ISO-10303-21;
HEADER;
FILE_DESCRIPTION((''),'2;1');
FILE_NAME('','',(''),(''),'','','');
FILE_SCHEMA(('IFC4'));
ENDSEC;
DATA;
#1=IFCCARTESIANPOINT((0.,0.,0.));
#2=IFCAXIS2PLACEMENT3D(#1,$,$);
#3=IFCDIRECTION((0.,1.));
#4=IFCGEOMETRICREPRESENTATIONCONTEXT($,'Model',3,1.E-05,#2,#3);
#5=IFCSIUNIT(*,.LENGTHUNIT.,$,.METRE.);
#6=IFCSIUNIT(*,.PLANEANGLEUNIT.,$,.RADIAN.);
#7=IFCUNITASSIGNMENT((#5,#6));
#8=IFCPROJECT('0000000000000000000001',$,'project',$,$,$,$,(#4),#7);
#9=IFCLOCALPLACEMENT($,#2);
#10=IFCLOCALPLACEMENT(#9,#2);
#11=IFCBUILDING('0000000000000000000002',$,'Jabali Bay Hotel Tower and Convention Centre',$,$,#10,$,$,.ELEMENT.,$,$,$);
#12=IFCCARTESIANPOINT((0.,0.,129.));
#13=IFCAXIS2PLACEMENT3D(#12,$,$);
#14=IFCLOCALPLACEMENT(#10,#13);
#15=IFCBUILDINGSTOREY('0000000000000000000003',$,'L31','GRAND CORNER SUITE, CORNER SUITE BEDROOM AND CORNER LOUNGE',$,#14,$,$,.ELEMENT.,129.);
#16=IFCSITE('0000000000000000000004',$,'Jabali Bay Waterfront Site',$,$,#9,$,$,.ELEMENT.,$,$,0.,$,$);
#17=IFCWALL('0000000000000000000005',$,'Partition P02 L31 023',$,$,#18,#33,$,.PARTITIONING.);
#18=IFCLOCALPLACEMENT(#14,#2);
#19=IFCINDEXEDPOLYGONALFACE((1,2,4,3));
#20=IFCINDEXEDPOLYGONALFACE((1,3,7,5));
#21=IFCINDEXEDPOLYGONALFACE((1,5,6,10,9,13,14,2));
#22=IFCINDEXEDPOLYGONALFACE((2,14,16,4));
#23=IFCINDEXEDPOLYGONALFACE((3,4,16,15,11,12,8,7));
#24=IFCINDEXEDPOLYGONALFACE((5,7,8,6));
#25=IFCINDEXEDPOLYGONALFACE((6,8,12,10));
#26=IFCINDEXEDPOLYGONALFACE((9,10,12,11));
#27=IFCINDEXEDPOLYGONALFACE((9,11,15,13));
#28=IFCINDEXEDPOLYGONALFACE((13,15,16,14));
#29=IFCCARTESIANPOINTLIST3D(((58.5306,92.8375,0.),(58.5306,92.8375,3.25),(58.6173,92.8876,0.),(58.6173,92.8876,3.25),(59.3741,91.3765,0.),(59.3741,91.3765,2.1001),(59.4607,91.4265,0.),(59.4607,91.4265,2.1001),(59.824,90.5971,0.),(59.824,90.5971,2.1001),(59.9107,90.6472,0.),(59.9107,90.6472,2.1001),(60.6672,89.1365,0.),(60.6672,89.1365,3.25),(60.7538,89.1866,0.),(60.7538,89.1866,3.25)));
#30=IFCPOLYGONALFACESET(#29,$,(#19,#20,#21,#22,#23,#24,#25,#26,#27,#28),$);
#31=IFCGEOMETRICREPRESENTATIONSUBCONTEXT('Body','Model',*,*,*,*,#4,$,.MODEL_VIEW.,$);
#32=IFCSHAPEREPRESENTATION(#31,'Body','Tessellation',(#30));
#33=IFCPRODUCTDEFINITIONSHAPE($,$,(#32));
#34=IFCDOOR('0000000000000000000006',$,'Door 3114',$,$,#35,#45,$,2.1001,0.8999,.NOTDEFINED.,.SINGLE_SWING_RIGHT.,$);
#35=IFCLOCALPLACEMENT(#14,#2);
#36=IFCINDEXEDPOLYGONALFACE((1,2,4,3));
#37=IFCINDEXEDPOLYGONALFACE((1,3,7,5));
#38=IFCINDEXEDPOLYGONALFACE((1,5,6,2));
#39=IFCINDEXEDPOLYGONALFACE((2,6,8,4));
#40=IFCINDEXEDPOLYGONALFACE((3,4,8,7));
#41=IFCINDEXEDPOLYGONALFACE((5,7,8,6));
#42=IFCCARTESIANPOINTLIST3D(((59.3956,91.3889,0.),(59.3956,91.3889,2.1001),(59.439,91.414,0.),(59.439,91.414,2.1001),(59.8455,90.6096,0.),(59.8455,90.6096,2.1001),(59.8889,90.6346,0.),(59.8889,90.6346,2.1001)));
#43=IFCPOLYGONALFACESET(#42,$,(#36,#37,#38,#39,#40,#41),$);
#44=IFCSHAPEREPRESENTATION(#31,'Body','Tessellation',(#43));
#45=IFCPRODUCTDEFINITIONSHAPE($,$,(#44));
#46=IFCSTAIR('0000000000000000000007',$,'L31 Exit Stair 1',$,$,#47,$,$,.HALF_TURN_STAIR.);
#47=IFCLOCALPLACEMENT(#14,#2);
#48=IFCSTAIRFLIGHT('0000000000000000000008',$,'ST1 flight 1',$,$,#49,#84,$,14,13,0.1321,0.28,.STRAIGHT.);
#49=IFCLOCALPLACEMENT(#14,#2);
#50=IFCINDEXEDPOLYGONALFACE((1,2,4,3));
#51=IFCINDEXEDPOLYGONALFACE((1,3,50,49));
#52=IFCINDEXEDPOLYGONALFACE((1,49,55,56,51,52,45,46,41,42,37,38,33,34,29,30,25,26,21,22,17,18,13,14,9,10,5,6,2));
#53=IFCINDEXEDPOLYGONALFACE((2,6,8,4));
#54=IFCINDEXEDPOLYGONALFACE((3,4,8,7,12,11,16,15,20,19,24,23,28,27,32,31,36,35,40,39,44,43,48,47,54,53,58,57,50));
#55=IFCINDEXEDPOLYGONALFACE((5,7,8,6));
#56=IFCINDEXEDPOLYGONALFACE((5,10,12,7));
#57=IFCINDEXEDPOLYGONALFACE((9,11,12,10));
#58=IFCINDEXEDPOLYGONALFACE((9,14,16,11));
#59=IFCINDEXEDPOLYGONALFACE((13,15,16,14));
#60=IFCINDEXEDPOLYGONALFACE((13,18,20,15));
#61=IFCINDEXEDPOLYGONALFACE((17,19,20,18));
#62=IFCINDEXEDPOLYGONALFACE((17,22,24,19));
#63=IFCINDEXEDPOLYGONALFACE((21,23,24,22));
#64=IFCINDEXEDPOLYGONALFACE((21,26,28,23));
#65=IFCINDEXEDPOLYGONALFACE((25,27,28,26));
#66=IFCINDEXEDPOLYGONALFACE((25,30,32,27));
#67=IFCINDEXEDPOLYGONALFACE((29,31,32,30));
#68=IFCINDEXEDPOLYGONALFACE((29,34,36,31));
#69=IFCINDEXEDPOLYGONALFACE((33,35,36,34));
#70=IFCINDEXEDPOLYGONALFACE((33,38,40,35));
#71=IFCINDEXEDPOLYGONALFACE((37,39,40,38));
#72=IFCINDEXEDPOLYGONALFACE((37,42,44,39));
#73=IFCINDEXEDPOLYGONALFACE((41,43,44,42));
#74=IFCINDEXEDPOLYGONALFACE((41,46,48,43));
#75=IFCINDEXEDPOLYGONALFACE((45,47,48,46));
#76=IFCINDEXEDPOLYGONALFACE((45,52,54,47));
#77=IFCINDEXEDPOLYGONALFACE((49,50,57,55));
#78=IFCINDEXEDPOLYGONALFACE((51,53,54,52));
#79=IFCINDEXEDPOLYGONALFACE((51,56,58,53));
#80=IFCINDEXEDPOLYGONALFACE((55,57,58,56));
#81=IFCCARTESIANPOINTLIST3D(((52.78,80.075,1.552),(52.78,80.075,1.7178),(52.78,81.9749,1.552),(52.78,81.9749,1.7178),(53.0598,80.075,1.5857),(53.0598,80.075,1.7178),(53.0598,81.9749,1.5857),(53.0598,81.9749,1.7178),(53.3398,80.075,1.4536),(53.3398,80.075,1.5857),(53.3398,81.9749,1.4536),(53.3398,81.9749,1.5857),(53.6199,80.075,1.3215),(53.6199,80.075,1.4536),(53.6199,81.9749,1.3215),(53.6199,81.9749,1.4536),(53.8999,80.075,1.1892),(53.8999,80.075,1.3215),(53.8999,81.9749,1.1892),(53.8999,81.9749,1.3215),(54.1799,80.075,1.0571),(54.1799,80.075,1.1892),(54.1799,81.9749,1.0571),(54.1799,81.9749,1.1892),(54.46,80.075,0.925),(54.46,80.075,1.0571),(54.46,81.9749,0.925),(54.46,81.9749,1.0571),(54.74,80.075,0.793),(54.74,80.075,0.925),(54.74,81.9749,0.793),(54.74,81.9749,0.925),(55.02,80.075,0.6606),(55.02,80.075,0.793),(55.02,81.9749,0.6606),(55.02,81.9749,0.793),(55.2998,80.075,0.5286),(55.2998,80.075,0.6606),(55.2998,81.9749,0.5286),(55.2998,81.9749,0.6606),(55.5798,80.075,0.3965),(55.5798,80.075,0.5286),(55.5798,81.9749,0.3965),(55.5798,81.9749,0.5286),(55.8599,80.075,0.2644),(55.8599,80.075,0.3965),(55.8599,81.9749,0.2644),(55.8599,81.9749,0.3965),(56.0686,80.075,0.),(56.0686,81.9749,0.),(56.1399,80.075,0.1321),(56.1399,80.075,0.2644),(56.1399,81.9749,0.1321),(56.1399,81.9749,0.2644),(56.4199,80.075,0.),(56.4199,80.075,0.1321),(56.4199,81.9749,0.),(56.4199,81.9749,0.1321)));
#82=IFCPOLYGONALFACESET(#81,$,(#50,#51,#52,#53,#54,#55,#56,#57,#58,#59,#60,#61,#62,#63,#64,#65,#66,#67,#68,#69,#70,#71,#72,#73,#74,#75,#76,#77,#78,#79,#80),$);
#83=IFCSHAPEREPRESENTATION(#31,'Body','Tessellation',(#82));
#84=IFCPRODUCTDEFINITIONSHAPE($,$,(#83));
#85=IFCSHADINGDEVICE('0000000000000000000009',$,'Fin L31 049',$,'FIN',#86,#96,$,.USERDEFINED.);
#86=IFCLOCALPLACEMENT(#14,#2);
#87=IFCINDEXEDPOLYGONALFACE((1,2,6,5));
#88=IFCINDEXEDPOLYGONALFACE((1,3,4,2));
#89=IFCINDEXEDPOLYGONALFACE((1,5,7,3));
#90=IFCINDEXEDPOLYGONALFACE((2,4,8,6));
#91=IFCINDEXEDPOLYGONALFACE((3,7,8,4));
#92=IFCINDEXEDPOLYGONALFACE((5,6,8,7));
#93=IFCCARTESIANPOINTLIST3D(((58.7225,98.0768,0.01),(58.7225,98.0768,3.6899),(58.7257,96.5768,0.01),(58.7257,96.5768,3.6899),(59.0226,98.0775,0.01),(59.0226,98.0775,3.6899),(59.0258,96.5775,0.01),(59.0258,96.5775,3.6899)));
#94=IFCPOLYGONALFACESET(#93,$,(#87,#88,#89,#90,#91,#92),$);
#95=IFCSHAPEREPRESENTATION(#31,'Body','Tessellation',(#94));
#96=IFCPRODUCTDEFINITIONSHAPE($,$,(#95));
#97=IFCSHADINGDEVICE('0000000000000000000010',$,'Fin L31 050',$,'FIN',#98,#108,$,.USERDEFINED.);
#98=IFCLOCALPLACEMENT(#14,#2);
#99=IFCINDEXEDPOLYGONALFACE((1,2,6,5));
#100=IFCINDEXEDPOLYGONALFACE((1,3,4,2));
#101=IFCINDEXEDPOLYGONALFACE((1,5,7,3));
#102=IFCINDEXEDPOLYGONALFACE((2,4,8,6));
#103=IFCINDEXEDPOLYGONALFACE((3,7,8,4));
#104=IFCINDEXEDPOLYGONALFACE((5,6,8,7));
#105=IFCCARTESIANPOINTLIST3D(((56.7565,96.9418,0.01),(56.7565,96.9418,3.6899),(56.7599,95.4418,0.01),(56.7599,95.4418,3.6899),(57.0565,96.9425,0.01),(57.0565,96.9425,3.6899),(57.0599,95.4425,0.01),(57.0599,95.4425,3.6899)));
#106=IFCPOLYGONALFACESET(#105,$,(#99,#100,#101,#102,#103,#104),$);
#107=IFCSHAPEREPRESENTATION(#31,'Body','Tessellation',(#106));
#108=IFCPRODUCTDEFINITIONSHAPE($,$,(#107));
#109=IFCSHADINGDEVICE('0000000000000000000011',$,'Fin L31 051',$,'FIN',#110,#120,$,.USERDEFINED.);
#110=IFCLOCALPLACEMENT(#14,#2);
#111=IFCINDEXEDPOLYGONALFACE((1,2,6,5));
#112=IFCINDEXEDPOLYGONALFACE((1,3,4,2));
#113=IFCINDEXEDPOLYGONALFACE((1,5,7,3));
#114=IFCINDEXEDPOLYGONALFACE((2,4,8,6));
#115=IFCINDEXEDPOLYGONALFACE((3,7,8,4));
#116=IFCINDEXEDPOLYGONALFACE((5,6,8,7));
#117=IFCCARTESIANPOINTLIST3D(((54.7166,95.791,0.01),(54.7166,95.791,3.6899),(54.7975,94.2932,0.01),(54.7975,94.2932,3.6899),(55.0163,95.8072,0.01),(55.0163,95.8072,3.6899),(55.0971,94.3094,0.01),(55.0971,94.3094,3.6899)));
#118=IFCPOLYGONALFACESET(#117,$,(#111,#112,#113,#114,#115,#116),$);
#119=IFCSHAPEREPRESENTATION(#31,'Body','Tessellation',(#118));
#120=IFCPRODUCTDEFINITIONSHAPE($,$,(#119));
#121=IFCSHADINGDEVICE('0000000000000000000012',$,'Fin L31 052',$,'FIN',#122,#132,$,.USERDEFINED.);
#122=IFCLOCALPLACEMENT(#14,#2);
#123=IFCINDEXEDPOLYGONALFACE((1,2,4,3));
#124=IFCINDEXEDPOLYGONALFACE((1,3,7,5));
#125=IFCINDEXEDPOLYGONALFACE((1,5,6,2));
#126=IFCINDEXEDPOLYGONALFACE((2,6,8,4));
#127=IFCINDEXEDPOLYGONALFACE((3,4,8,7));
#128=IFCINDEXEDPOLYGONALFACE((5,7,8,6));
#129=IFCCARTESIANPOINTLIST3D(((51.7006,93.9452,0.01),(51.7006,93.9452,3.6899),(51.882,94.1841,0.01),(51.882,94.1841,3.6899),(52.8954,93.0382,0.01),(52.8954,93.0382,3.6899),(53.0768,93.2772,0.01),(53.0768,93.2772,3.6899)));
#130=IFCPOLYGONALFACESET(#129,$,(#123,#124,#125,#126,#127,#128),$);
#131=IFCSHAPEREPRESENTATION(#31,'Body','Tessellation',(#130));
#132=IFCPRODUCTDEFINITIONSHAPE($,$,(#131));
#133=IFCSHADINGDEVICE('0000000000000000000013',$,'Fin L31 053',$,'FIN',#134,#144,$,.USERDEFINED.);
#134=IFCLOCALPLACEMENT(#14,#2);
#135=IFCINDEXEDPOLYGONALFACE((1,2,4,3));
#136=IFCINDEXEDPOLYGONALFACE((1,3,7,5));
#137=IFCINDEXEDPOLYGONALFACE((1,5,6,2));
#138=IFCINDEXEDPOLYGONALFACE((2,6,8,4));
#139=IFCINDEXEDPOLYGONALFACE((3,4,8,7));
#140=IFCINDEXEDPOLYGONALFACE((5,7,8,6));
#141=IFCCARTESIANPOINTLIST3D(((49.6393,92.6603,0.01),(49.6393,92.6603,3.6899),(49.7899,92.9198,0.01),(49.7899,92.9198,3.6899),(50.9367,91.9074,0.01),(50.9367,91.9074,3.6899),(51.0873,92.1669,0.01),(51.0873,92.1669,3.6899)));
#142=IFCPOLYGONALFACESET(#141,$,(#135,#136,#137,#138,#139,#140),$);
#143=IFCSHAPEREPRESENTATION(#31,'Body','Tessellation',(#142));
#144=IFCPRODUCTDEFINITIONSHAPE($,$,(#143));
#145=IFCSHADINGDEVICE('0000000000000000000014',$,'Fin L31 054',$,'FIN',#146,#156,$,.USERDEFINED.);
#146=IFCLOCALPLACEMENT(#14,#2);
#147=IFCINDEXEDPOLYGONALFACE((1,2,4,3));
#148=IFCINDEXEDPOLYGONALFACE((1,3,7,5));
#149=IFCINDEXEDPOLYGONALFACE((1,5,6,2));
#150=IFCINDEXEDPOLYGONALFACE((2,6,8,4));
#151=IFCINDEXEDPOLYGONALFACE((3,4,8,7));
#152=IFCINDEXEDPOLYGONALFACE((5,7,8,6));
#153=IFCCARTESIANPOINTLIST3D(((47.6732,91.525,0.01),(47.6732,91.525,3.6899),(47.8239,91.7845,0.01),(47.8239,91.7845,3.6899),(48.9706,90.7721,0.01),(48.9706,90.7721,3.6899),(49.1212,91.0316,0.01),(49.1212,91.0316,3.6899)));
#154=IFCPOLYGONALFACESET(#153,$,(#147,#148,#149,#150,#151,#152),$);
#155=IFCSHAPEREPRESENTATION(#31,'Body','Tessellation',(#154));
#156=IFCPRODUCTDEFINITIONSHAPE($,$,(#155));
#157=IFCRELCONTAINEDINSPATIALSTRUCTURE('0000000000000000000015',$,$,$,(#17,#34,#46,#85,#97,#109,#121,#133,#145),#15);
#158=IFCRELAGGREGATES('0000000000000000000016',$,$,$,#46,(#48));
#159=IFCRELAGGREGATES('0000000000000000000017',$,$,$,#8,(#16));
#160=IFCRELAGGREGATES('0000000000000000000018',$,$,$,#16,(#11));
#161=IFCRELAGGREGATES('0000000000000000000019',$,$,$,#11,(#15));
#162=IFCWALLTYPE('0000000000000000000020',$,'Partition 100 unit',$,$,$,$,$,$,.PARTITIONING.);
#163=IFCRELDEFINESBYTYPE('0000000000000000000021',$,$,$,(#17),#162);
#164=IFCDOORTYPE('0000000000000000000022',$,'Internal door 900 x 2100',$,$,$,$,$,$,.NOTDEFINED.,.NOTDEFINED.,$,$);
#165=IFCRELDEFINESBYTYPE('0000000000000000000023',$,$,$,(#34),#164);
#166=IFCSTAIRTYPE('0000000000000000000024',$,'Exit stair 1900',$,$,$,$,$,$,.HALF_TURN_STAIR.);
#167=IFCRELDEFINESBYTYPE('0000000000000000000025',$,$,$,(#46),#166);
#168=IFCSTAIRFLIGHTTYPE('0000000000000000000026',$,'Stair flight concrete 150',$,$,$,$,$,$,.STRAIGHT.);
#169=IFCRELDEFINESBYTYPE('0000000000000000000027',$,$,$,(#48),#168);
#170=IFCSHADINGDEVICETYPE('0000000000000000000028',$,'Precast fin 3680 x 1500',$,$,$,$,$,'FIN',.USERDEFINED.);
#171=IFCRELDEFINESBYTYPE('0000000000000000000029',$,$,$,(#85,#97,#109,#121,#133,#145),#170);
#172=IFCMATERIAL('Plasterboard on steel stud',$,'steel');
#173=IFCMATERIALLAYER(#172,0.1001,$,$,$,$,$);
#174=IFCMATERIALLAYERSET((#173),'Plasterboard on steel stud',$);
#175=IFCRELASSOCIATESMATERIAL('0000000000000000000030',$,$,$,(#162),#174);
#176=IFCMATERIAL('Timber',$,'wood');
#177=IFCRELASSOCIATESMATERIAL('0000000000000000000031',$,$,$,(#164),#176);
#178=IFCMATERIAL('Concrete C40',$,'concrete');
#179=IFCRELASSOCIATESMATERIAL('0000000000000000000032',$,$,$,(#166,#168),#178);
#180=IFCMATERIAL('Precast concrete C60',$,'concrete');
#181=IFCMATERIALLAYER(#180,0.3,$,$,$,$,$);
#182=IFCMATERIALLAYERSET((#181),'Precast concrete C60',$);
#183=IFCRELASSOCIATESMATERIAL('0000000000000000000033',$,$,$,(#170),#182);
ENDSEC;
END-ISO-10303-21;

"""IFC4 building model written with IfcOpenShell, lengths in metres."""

from ifc_helpers import new_model, si_unit, direction, frame, frame_2d, origin, place, context, subcontext, project, spatial, polyline, rectangle, outline, extrude, material, layer, layer_set, type_object, element, fill, aggregate, save


model = new_model("IFC4")

# Units and contexts
model_context = context("Model", 3, precision=1e-05, world=origin(), true_north=direction((0.0, 1.0)))
body_context = subcontext(model_context, "Body", "Model", "MODEL_VIEW")
ifc_project = project(units=[si_unit("LENGTHUNIT", "METRE"), si_unit("PLANEANGLEUNIT", "RADIAN")], contexts=[model_context])

# Site, building, storey
site_placement = place(None, origin())
site = spatial("IfcSite", under=ifc_project, at=site_placement, Name="Jabali Bay Waterfront Site", CompositionType="ELEMENT", RefElevation=0.0)
building_placement = place(site_placement, origin())
building = spatial("IfcBuilding", under=site, at=building_placement, Name="Jabali Bay Hotel Tower and Convention Centre", CompositionType="ELEMENT")
storey_placement = place(building_placement, frame((0.0, 0.0, 129.0)))
storey = spatial("IfcBuildingStorey", under=building, at=storey_placement, Name="L31", Description="GRAND CORNER SUITE, CORNER SUITE BEDROOM AND CORNER LOUNGE", CompositionType="ELEMENT", Elevation=129.0)

# Shared definitions
ifc_material_1 = material(Name="Concrete C40", Category="concrete")

# Wall, opening, door
ifc_material_2 = material(Name="Plasterboard on steel stud", Category="steel")
ifc_layer_1 = layer(ifc_material_2, 0.1001)
ifc_layer_set_1 = layer_set([ifc_layer_1], Name="Plasterboard on steel stud")
wall_type_1 = type_object("IfcWallType", Name="Partition 100 unit", PredefinedType="PARTITIONING", material=ifc_layer_set_1)
wall_1_placement = place(storey_placement, frame((58.574, 92.8625, 0.0), z_axis=(0.0, 0.0, 1.0), x_axis=(0.499955, -0.866051, 0.0)))
wall_1 = element("IfcWall", 1, at=wall_1_placement, inside=storey, type_object=wall_type_1, Name="Partition P02 L31 023", PredefinedType="PARTITIONING", context=body_context, shape_type="SweptSolid", body=[
    extrude(rectangle(XDim=4.2734, YDim=0.1001, at=frame_2d((2.1367, 0.0))), origin(), (0.0, 0.0, 1.0), 3.25),
])
opening_1_placement = place(wall_1_placement, frame((1.687, 0.0, 0.0)))
opening_1 = element("IfcOpeningElement", 2, at=opening_1_placement, cuts=wall_1, PredefinedType="OPENING", context=body_context, shape_type="SweptSolid", body=[
    extrude(rectangle(XDim=0.8999, YDim=2.1001, at=frame_2d((0.45, 1.05))), frame((0.0, 0.0605, 0.0), z_axis=(0.0, -1.0, 0.0), x_axis=(1.0, 0.0, 0.0)), (0.0, 0.0, 1.0), 0.1211),
])
ifc_material_3 = material(Name="Timber", Category="wood")
door_type_1 = type_object("IfcDoorType", Name="Internal door 900 x 2100", OperationType="NOTDEFINED", PredefinedType="NOTDEFINED", material=ifc_material_3)
door_1_placement = place(opening_1_placement, origin())
door_1 = element("IfcDoor", 3, at=door_1_placement, inside=storey, type_object=door_type_1, Name="Door 3114", OperationType="SINGLE_SWING_RIGHT", OverallHeight=2.1001, OverallWidth=0.8999, PredefinedType="NOTDEFINED", context=body_context, shape_type="SweptSolid", body=[
    extrude(rectangle(XDim=0.8999, YDim=2.1001, at=frame_2d((0.45, 1.05))), frame((0.0, 0.0249, 0.0), z_axis=(0.0, -1.0, 0.0), x_axis=(1.0, 0.0, 0.0)), (0.0, 0.0, 1.0), 0.05),
])
fill(opening_1, door_1)

# Stair, stair flight
stair_type = type_object("IfcStairType", Name="Exit stair 1900", PredefinedType="HALF_TURN_STAIR", material=ifc_material_1)
stair_placement = place(storey_placement, origin())
stair = element("IfcStair", 4, at=stair_placement, inside=storey, type_object=stair_type, Name="L31 Exit Stair 1", PredefinedType="HALF_TURN_STAIR")
stair_flight_type = type_object("IfcStairFlightType", Name="Stair flight concrete 150", PredefinedType="STRAIGHT", material=ifc_material_1)
stair_flight_placement = place(storey_placement, frame((56.4199, 81.0249, 0.0), z_axis=(0.0, 0.0, 1.0), x_axis=(-1.0, 0.0, 0.0)))
stair_flight = element("IfcStairFlight", 5, at=stair_flight_placement, type_object=stair_flight_type, Name="ST1 flight 1", NumberOfRisers=14, NumberOfTreads=13, PredefinedType="STRAIGHT", RiserHeight=0.1321, TreadLength=0.28, context=body_context, shape_type="SweptSolid", body=[
    extrude(outline(polyline([(0.0, 0.0), (0.0, 0.1321), (0.28, 0.1321), (0.28, 0.2644), (0.5601, 0.2644), (0.5601, 0.3965), (0.8401, 0.3965), (0.8401, 0.5286), (1.1201, 0.5286), (1.1201, 0.6606), (1.3999, 0.6606), (1.3999, 0.793), (1.6799, 0.793), (1.6799, 0.925), (1.96, 0.925), (1.96, 1.0571), (2.24, 1.0571), (2.24, 1.1892), (2.52, 1.1892), (2.52, 1.3215), (2.8, 1.3215), (2.8, 1.4536), (3.0801, 1.4536), (3.0801, 1.5857), (3.3601, 1.5857), (3.3601, 1.7178), (3.6399, 1.7178), (3.6399, 1.8501), (3.6399, 1.552), (0.3513, 0.0), (0.0, 0.0)])), frame((0.0, 0.95, 0.0), z_axis=(0.0, -1.0, 0.0), x_axis=(1.0, 0.0, 0.0)), (0.0, 0.0, 1.0), 1.8999),
])
aggregate(stair, [stair_flight])

# Shading devices
ifc_material_4 = material(Name="Precast concrete C60", Category="concrete")
ifc_layer_2 = layer(ifc_material_4, 0.3)
ifc_layer_set_2 = layer_set([ifc_layer_2], Name="Precast concrete C60")
shading_device_type = type_object("IfcShadingDeviceType", Name="Precast fin 3680 x 1500", ElementType="FIN", PredefinedType="USERDEFINED", material=ifc_layer_set_2)
for number, where, z_axis, x_axis, name in (
    (6, (58.8757, 96.5771, 0.01), (0.0, 0.0, 1.0), (-0.002116, 0.999998, 0.0), "Fin L31 049"),
    (7, (56.9099, 95.4421, 0.01), (0.0, 0.0, 1.0), (-0.002279, 0.999997, 0.0), "Fin L31 050"),
    (8, (54.9473, 94.3013, 0.01), (0.0, 0.0, 1.0), (-0.053874, 0.998548, 0.0), "Fin L31 051"),
    (9, (52.9861, 93.1577, 0.01), (0.0, 0.0, 1.0), (-0.79651, 0.604625, 0.0), "Fin L31 052"),
    (10, (51.012, 92.0371, 0.01), (0.0, 0.0, 1.0), (-0.864898, 0.501947, 0.0), "Fin L31 053"),
    (11, (49.0459, 90.9019, 0.01), (0.0, 0.0, 1.0), (-0.864898, 0.501947, 0.0), "Fin L31 054"),
):
    element("IfcShadingDevice", number, at=place(storey_placement, frame(where, z_axis=z_axis, x_axis=x_axis)), inside=storey, type_object=shading_device_type, Name=name, ObjectType="FIN", PredefinedType="USERDEFINED", context=body_context, shape_type="SweptSolid", body=[
        extrude(rectangle(XDim=1.5, YDim=0.3, at=frame_2d((0.75, 0.0))), origin(), (0.0, 0.0, 1.0), 3.6799),
    ])

save(model, "model.ifc")
